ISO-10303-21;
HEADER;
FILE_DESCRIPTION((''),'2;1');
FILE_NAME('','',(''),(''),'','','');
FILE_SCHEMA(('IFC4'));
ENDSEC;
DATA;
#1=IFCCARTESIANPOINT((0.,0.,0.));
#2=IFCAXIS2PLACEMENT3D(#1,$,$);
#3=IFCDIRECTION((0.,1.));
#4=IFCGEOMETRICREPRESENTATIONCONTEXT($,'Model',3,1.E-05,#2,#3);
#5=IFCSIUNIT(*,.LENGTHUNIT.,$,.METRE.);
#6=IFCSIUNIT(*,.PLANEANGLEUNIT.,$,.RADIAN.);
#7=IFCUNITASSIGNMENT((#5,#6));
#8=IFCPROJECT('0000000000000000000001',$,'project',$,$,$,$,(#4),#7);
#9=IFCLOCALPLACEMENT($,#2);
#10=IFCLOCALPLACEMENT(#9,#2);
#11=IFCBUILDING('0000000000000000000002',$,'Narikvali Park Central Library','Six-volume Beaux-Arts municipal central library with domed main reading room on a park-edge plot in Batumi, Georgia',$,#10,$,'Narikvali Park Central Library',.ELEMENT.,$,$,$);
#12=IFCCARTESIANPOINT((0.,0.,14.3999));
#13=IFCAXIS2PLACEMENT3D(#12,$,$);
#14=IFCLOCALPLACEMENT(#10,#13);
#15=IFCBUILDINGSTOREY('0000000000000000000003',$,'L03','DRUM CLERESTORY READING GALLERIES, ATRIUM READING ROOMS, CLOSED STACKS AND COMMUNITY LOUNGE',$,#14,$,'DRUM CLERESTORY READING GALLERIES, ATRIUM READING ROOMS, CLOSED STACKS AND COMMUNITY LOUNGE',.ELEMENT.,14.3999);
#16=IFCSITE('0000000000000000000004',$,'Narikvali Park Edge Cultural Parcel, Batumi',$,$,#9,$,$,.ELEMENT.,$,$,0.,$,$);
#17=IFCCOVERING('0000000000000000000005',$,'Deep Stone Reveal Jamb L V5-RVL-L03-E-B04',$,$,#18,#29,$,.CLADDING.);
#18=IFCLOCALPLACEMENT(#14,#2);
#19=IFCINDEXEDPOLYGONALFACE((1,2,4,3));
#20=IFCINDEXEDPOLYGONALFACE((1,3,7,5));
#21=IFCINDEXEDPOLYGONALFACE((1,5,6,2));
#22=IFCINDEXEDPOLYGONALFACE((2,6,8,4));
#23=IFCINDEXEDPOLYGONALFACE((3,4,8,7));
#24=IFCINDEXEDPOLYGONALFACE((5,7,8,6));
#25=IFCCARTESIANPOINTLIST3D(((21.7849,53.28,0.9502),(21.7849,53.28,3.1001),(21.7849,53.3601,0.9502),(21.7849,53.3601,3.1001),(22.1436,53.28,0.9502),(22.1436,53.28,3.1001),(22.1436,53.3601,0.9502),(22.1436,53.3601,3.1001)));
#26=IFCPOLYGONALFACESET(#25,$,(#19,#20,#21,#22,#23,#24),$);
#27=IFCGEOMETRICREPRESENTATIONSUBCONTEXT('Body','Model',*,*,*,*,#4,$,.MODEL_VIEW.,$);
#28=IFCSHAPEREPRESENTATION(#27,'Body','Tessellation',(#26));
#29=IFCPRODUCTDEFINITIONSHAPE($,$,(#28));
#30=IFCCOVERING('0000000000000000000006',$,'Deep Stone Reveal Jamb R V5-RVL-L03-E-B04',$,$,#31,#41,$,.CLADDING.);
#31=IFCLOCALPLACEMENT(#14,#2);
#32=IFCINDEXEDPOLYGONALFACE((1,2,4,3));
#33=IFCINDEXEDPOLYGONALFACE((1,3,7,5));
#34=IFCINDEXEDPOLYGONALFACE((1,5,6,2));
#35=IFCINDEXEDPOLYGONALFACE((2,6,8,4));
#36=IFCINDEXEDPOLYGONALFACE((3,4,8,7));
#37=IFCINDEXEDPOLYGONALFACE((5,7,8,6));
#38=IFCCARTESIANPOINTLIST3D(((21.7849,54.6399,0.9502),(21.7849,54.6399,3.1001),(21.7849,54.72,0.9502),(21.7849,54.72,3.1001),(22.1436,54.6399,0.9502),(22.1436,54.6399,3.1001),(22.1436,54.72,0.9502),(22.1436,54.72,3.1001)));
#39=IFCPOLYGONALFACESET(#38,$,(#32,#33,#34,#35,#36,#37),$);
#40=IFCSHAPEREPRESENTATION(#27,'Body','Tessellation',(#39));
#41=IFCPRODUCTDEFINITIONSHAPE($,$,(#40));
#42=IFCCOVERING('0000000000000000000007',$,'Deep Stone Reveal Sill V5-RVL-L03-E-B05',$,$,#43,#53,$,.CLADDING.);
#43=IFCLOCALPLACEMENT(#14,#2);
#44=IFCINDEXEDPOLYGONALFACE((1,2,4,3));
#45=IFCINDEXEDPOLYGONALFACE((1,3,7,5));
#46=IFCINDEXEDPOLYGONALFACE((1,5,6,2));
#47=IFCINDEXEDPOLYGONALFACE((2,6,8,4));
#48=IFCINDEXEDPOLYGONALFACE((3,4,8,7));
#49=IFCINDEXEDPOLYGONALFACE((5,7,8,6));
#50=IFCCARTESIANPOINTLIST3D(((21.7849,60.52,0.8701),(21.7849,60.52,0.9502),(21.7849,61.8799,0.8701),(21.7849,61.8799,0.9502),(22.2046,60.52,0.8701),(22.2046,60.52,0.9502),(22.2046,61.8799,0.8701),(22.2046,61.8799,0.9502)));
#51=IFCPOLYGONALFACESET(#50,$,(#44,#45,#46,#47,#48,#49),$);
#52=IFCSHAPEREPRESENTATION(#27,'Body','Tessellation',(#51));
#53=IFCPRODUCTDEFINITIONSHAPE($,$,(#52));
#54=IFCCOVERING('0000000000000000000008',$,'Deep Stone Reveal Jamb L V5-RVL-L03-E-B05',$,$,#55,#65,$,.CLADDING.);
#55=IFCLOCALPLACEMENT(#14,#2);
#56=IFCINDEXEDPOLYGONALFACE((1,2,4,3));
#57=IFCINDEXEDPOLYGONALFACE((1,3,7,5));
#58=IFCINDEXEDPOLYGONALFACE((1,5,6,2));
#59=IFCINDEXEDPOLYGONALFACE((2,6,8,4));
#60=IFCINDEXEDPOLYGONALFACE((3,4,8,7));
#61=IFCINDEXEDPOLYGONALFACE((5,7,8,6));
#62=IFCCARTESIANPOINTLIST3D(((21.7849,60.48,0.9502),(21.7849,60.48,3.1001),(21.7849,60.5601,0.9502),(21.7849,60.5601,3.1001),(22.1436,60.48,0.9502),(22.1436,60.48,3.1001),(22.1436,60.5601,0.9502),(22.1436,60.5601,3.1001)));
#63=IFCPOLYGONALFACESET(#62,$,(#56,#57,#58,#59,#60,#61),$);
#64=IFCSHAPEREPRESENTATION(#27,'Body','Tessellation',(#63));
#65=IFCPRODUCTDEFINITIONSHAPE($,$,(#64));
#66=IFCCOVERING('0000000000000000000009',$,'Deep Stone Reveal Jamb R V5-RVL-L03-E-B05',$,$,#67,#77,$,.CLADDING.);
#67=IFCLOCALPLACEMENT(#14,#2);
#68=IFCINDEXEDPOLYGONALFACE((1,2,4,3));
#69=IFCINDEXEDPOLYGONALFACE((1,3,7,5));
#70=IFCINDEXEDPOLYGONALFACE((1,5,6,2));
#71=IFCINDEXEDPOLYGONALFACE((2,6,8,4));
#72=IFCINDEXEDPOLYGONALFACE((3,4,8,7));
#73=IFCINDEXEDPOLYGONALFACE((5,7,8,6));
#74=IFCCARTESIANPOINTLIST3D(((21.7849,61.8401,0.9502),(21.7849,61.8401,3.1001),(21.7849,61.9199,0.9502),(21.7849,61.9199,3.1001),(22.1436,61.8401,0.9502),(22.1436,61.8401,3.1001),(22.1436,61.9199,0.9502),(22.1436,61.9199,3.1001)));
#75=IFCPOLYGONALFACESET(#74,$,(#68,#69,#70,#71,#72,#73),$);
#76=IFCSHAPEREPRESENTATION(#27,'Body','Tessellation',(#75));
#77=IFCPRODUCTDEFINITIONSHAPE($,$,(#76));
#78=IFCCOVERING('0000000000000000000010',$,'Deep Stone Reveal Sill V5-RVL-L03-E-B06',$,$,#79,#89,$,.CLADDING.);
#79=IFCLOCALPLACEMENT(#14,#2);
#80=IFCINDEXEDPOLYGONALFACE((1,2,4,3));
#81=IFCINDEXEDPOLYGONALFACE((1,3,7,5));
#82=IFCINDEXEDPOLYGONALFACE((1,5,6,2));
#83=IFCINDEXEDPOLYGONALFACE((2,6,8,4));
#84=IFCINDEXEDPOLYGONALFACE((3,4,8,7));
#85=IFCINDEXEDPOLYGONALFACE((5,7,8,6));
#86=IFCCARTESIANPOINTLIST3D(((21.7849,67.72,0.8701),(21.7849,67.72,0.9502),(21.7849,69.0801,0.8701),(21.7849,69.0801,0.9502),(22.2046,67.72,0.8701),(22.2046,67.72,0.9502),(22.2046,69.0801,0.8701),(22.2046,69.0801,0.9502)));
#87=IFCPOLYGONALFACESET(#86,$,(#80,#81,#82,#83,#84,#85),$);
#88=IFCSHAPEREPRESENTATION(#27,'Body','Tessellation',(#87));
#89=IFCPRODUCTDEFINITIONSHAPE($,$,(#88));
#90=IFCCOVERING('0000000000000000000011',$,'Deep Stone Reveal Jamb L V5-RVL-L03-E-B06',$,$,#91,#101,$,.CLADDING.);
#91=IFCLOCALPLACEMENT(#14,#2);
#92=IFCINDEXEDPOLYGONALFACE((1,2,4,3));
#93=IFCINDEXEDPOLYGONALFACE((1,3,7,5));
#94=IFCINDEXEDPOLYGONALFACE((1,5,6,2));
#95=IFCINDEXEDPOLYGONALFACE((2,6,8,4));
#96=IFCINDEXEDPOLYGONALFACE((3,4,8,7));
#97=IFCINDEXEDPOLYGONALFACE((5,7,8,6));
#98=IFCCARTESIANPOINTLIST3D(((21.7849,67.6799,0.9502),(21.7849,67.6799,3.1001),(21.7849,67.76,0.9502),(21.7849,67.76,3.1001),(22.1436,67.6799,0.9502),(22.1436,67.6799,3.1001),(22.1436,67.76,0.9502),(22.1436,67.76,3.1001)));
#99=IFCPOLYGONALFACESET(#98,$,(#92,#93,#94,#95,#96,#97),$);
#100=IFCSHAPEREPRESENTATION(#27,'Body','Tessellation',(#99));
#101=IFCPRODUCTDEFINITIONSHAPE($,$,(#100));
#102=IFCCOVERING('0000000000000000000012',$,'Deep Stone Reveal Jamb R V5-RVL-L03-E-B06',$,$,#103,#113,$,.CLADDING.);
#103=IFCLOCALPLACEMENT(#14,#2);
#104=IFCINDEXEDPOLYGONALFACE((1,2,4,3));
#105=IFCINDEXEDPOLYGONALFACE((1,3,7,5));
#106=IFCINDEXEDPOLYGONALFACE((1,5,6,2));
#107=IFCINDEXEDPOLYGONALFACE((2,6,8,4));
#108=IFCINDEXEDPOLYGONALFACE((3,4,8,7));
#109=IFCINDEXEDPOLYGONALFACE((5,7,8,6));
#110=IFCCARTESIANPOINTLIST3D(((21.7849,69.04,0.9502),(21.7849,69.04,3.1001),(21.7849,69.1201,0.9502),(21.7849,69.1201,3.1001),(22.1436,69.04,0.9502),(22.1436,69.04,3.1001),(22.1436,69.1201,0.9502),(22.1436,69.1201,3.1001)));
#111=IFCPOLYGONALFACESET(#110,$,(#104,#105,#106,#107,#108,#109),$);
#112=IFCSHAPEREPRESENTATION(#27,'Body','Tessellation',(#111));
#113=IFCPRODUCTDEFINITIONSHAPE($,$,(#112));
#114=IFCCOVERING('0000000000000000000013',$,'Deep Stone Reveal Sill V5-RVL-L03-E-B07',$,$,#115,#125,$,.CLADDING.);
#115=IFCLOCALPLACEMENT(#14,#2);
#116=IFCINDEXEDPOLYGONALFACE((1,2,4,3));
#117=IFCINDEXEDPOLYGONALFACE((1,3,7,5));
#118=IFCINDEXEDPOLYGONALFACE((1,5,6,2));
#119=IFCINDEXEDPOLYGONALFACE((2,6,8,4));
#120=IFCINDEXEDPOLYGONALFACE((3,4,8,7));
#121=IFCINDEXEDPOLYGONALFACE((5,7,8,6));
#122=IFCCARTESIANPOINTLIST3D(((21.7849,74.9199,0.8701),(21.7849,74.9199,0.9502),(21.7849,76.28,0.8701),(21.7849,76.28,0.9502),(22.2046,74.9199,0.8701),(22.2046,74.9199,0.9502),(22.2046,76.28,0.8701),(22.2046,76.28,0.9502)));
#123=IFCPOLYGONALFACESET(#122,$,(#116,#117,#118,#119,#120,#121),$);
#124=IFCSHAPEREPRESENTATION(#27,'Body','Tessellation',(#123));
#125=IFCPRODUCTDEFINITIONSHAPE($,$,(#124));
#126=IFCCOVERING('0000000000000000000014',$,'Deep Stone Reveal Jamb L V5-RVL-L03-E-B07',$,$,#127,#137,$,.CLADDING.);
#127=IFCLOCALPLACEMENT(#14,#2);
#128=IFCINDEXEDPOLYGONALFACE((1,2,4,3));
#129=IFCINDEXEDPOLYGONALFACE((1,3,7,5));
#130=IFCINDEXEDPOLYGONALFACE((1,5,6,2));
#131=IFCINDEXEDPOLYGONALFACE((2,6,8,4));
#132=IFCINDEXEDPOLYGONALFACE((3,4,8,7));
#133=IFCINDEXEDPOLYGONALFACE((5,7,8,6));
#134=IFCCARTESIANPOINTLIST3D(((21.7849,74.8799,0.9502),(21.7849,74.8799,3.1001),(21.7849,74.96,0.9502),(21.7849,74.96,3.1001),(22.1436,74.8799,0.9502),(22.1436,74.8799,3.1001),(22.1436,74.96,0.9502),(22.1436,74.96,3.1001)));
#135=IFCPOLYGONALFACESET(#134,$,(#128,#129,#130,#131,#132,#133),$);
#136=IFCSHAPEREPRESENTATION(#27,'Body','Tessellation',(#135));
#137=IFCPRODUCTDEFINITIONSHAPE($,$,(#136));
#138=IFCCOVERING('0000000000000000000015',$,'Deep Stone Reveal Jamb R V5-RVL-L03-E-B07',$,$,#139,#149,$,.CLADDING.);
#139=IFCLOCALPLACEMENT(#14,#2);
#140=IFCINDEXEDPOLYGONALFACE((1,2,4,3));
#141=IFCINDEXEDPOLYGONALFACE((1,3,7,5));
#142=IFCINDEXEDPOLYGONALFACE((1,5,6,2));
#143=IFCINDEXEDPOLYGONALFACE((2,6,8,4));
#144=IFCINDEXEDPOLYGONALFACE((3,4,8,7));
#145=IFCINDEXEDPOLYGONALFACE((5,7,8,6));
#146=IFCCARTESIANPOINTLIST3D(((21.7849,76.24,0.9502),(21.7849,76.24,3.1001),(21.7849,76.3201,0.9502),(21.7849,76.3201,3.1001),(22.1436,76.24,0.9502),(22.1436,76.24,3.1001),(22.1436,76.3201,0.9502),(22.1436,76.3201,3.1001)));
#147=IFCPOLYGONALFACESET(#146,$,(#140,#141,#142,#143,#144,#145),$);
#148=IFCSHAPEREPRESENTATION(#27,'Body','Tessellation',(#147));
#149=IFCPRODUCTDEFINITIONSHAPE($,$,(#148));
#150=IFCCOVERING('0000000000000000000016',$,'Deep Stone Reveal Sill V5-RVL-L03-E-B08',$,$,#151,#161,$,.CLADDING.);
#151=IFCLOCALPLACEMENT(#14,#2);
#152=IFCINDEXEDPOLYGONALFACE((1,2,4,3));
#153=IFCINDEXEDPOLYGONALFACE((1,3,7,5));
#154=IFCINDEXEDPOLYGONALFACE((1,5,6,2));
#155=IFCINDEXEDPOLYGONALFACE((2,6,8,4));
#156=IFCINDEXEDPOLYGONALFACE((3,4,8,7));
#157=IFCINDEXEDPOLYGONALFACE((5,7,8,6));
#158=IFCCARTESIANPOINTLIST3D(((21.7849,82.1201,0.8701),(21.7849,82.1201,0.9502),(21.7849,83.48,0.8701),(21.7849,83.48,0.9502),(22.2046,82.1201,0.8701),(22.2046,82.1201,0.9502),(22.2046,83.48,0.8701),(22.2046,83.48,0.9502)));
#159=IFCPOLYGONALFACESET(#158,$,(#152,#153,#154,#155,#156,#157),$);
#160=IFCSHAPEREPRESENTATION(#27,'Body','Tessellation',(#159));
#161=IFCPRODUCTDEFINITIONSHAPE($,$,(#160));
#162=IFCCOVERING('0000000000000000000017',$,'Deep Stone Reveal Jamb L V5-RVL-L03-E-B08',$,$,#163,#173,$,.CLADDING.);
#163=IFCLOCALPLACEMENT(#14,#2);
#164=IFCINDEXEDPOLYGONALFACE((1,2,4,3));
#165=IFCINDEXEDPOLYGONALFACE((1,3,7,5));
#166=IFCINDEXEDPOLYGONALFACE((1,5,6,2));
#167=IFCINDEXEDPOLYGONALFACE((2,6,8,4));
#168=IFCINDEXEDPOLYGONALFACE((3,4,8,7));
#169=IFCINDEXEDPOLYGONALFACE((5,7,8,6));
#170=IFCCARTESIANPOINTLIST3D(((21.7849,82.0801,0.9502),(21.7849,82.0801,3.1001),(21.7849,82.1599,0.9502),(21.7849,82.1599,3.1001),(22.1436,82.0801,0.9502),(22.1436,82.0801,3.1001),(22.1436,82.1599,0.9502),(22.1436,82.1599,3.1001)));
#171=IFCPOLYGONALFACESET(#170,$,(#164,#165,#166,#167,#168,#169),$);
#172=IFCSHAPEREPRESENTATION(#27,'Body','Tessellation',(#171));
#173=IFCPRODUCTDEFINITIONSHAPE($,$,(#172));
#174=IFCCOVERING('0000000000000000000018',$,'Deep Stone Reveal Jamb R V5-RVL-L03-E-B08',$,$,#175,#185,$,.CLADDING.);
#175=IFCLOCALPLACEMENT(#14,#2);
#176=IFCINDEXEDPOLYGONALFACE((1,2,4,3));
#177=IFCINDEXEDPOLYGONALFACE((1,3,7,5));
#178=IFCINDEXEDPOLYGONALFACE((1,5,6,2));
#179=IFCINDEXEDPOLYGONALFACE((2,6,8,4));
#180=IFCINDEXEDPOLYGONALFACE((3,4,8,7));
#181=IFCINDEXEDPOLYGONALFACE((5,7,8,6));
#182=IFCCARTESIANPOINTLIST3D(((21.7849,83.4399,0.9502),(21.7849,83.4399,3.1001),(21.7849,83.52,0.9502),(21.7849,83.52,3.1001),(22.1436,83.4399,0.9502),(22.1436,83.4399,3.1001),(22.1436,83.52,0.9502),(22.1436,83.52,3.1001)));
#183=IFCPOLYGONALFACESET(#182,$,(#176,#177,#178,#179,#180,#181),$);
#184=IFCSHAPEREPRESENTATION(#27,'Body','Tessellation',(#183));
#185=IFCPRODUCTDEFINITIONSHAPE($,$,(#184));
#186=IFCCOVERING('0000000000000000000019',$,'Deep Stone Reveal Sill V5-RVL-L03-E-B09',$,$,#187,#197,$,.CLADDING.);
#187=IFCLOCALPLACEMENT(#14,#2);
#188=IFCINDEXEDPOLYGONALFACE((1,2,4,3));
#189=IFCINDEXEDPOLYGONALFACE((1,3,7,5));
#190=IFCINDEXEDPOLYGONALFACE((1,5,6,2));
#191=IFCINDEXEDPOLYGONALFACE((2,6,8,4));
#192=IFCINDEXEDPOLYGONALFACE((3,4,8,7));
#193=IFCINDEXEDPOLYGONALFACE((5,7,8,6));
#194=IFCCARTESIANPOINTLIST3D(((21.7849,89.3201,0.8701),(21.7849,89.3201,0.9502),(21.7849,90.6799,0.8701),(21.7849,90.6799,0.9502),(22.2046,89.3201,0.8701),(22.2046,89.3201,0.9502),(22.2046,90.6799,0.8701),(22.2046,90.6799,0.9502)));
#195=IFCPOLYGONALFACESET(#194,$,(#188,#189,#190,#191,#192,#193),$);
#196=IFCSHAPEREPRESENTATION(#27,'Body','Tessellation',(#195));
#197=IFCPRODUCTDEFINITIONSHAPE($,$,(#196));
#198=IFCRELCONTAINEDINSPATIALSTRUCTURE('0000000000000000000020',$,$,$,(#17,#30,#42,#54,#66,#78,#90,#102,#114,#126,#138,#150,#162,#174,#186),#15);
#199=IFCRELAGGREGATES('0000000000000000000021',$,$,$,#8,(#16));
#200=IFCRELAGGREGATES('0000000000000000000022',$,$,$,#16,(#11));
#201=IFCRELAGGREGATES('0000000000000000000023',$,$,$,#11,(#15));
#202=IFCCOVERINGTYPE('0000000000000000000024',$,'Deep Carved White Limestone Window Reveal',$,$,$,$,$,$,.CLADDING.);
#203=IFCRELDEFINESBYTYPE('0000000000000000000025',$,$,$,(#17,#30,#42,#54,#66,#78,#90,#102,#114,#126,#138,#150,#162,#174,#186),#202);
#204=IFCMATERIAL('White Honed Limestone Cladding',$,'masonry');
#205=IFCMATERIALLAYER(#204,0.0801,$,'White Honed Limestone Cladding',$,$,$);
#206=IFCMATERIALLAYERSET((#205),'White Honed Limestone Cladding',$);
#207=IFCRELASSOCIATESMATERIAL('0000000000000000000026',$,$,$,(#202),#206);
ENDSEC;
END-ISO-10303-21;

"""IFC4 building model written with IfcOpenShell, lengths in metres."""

from ifc_helpers import new_model, si_unit, direction, frame, origin, place, context, subcontext, project, spatial, polyline, outline, extrude, material, layer, layer_set, type_object, element, save


model = new_model("IFC4")

# Units and contexts
model_context = context("Model", 3, precision=1e-05, world=origin(), true_north=direction((0.0, 1.0)))
body_context = subcontext(model_context, "Body", "Model", "MODEL_VIEW")
ifc_project = project(units=[si_unit("LENGTHUNIT", "METRE"), si_unit("PLANEANGLEUNIT", "RADIAN")], contexts=[model_context])

# Site, building, storey
site_placement = place(None, origin())
site = spatial("IfcSite", under=ifc_project, at=site_placement, Name="Narikvali Park Edge Cultural Parcel, Batumi", CompositionType="ELEMENT", RefElevation=0.0)
building_placement = place(site_placement, origin())
building = spatial("IfcBuilding", under=site, at=building_placement, Name="Narikvali Park Central Library", Description="Six-volume Beaux-Arts municipal central library with domed main reading room on a park-edge plot in Batumi, Georgia", LongName="Narikvali Park Central Library", CompositionType="ELEMENT")
storey_placement = place(building_placement, frame((0.0, 0.0, 14.3999)))
storey = spatial("IfcBuildingStorey", under=building, at=storey_placement, Name="L03", Description="DRUM CLERESTORY READING GALLERIES, ATRIUM READING ROOMS, CLOSED STACKS AND COMMUNITY LOUNGE", LongName="DRUM CLERESTORY READING GALLERIES, ATRIUM READING ROOMS, CLOSED STACKS AND COMMUNITY LOUNGE", CompositionType="ELEMENT", Elevation=14.3999)

# Coverings
ifc_material = material(Name="White Honed Limestone Cladding", Category="masonry")
ifc_layer = layer(ifc_material, 0.0801, Name="White Honed Limestone Cladding")
ifc_layer_set = layer_set([ifc_layer], Name="White Honed Limestone Cladding")
covering_type = type_object("IfcCoveringType", Name="Deep Carved White Limestone Window Reveal", PredefinedType="CLADDING", material=ifc_layer_set)
covering_1_placement = place(storey_placement, frame((0.0, 0.0, 0.9502)))
element("IfcCovering", 1, at=covering_1_placement, inside=storey, type_object=covering_type, Name="Deep Stone Reveal Jamb L V5-RVL-L03-E-B04", PredefinedType="CLADDING", context=body_context, shape_type="SweptSolid", body=[
    extrude(outline(polyline([(21.7849, 53.28), (21.7849, 53.3601), (22.1436, 53.3601), (22.1436, 53.28), (21.7849, 53.28)])), origin(), (0.0, 0.0, 1.0), 2.1499),
])
covering_2_placement = place(storey_placement, frame((0.0, 0.0, 0.9502)))
element("IfcCovering", 2, at=covering_2_placement, inside=storey, type_object=covering_type, Name="Deep Stone Reveal Jamb R V5-RVL-L03-E-B04", PredefinedType="CLADDING", context=body_context, shape_type="SweptSolid", body=[
    extrude(outline(polyline([(21.7849, 54.6399), (21.7849, 54.72), (22.1436, 54.72), (22.1436, 54.6399), (21.7849, 54.6399)])), origin(), (0.0, 0.0, 1.0), 2.1499),
])
covering_3_placement = place(storey_placement, frame((0.0, 0.0, 0.8701)))
element("IfcCovering", 3, at=covering_3_placement, inside=storey, type_object=covering_type, Name="Deep Stone Reveal Sill V5-RVL-L03-E-B05", PredefinedType="CLADDING", context=body_context, shape_type="SweptSolid", body=[
    extrude(outline(polyline([(21.7849, 60.52), (21.7849, 61.8799), (22.2046, 61.8799), (22.2046, 60.52), (21.7849, 60.52)])), origin(), (0.0, 0.0, 1.0), 0.0801),
])
covering_4_placement = place(storey_placement, frame((0.0, 0.0, 0.9502)))
element("IfcCovering", 4, at=covering_4_placement, inside=storey, type_object=covering_type, Name="Deep Stone Reveal Jamb L V5-RVL-L03-E-B05", PredefinedType="CLADDING", context=body_context, shape_type="SweptSolid", body=[
    extrude(outline(polyline([(21.7849, 60.48), (21.7849, 60.5601), (22.1436, 60.5601), (22.1436, 60.48), (21.7849, 60.48)])), origin(), (0.0, 0.0, 1.0), 2.1499),
])
covering_5_placement = place(storey_placement, frame((0.0, 0.0, 0.9502)))
element("IfcCovering", 5, at=covering_5_placement, inside=storey, type_object=covering_type, Name="Deep Stone Reveal Jamb R V5-RVL-L03-E-B05", PredefinedType="CLADDING", context=body_context, shape_type="SweptSolid", body=[
    extrude(outline(polyline([(21.7849, 61.8401), (21.7849, 61.9199), (22.1436, 61.9199), (22.1436, 61.8401), (21.7849, 61.8401)])), origin(), (0.0, 0.0, 1.0), 2.1499),
])
covering_6_placement = place(storey_placement, frame((0.0, 0.0, 0.8701)))
element("IfcCovering", 6, at=covering_6_placement, inside=storey, type_object=covering_type, Name="Deep Stone Reveal Sill V5-RVL-L03-E-B06", PredefinedType="CLADDING", context=body_context, shape_type="SweptSolid", body=[
    extrude(outline(polyline([(21.7849, 67.72), (21.7849, 69.0801), (22.2046, 69.0801), (22.2046, 67.72), (21.7849, 67.72)])), origin(), (0.0, 0.0, 1.0), 0.0801),
])
covering_7_placement = place(storey_placement, frame((0.0, 0.0, 0.9502)))
element("IfcCovering", 7, at=covering_7_placement, inside=storey, type_object=covering_type, Name="Deep Stone Reveal Jamb L V5-RVL-L03-E-B06", PredefinedType="CLADDING", context=body_context, shape_type="SweptSolid", body=[
    extrude(outline(polyline([(21.7849, 67.6799), (21.7849, 67.76), (22.1436, 67.76), (22.1436, 67.6799), (21.7849, 67.6799)])), origin(), (0.0, 0.0, 1.0), 2.1499),
])
covering_8_placement = place(storey_placement, frame((0.0, 0.0, 0.9502)))
element("IfcCovering", 8, at=covering_8_placement, inside=storey, type_object=covering_type, Name="Deep Stone Reveal Jamb R V5-RVL-L03-E-B06", PredefinedType="CLADDING", context=body_context, shape_type="SweptSolid", body=[
    extrude(outline(polyline([(21.7849, 69.04), (21.7849, 69.1201), (22.1436, 69.1201), (22.1436, 69.04), (21.7849, 69.04)])), origin(), (0.0, 0.0, 1.0), 2.1499),
])
covering_9_placement = place(storey_placement, frame((0.0, 0.0, 0.8701)))
element("IfcCovering", 9, at=covering_9_placement, inside=storey, type_object=covering_type, Name="Deep Stone Reveal Sill V5-RVL-L03-E-B07", PredefinedType="CLADDING", context=body_context, shape_type="SweptSolid", body=[
    extrude(outline(polyline([(21.7849, 74.9199), (21.7849, 76.28), (22.2046, 76.28), (22.2046, 74.9199), (21.7849, 74.9199)])), origin(), (0.0, 0.0, 1.0), 0.0801),
])
covering_10_placement = place(storey_placement, frame((0.0, 0.0, 0.9502)))
element("IfcCovering", 10, at=covering_10_placement, inside=storey, type_object=covering_type, Name="Deep Stone Reveal Jamb L V5-RVL-L03-E-B07", PredefinedType="CLADDING", context=body_context, shape_type="SweptSolid", body=[
    extrude(outline(polyline([(21.7849, 74.8799), (21.7849, 74.96), (22.1436, 74.96), (22.1436, 74.8799), (21.7849, 74.8799)])), origin(), (0.0, 0.0, 1.0), 2.1499),
])
covering_11_placement = place(storey_placement, frame((0.0, 0.0, 0.9502)))
element("IfcCovering", 11, at=covering_11_placement, inside=storey, type_object=covering_type, Name="Deep Stone Reveal Jamb R V5-RVL-L03-E-B07", PredefinedType="CLADDING", context=body_context, shape_type="SweptSolid", body=[
    extrude(outline(polyline([(21.7849, 76.24), (21.7849, 76.3201), (22.1436, 76.3201), (22.1436, 76.24), (21.7849, 76.24)])), origin(), (0.0, 0.0, 1.0), 2.1499),
])
covering_12_placement = place(storey_placement, frame((0.0, 0.0, 0.8701)))
element("IfcCovering", 12, at=covering_12_placement, inside=storey, type_object=covering_type, Name="Deep Stone Reveal Sill V5-RVL-L03-E-B08", PredefinedType="CLADDING", context=body_context, shape_type="SweptSolid", body=[
    extrude(outline(polyline([(21.7849, 82.1201), (21.7849, 83.48), (22.2046, 83.48), (22.2046, 82.1201), (21.7849, 82.1201)])), origin(), (0.0, 0.0, 1.0), 0.0801),
])
covering_13_placement = place(storey_placement, frame((0.0, 0.0, 0.9502)))
element("IfcCovering", 13, at=covering_13_placement, inside=storey, type_object=covering_type, Name="Deep Stone Reveal Jamb L V5-RVL-L03-E-B08", PredefinedType="CLADDING", context=body_context, shape_type="SweptSolid", body=[
    extrude(outline(polyline([(21.7849, 82.0801), (21.7849, 82.1599), (22.1436, 82.1599), (22.1436, 82.0801), (21.7849, 82.0801)])), origin(), (0.0, 0.0, 1.0), 2.1499),
])
covering_14_placement = place(storey_placement, frame((0.0, 0.0, 0.9502)))
element("IfcCovering", 14, at=covering_14_placement, inside=storey, type_object=covering_type, Name="Deep Stone Reveal Jamb R V5-RVL-L03-E-B08", PredefinedType="CLADDING", context=body_context, shape_type="SweptSolid", body=[
    extrude(outline(polyline([(21.7849, 83.4399), (21.7849, 83.52), (22.1436, 83.52), (22.1436, 83.4399), (21.7849, 83.4399)])), origin(), (0.0, 0.0, 1.0), 2.1499),
])
covering_15_placement = place(storey_placement, frame((0.0, 0.0, 0.8701)))
element("IfcCovering", 15, at=covering_15_placement, inside=storey, type_object=covering_type, Name="Deep Stone Reveal Sill V5-RVL-L03-E-B09", PredefinedType="CLADDING", context=body_context, shape_type="SweptSolid", body=[
    extrude(outline(polyline([(21.7849, 89.3201), (21.7849, 90.6799), (22.2046, 90.6799), (22.2046, 89.3201), (21.7849, 89.3201)])), origin(), (0.0, 0.0, 1.0), 0.0801),
])

save(model, "model.ifc")
